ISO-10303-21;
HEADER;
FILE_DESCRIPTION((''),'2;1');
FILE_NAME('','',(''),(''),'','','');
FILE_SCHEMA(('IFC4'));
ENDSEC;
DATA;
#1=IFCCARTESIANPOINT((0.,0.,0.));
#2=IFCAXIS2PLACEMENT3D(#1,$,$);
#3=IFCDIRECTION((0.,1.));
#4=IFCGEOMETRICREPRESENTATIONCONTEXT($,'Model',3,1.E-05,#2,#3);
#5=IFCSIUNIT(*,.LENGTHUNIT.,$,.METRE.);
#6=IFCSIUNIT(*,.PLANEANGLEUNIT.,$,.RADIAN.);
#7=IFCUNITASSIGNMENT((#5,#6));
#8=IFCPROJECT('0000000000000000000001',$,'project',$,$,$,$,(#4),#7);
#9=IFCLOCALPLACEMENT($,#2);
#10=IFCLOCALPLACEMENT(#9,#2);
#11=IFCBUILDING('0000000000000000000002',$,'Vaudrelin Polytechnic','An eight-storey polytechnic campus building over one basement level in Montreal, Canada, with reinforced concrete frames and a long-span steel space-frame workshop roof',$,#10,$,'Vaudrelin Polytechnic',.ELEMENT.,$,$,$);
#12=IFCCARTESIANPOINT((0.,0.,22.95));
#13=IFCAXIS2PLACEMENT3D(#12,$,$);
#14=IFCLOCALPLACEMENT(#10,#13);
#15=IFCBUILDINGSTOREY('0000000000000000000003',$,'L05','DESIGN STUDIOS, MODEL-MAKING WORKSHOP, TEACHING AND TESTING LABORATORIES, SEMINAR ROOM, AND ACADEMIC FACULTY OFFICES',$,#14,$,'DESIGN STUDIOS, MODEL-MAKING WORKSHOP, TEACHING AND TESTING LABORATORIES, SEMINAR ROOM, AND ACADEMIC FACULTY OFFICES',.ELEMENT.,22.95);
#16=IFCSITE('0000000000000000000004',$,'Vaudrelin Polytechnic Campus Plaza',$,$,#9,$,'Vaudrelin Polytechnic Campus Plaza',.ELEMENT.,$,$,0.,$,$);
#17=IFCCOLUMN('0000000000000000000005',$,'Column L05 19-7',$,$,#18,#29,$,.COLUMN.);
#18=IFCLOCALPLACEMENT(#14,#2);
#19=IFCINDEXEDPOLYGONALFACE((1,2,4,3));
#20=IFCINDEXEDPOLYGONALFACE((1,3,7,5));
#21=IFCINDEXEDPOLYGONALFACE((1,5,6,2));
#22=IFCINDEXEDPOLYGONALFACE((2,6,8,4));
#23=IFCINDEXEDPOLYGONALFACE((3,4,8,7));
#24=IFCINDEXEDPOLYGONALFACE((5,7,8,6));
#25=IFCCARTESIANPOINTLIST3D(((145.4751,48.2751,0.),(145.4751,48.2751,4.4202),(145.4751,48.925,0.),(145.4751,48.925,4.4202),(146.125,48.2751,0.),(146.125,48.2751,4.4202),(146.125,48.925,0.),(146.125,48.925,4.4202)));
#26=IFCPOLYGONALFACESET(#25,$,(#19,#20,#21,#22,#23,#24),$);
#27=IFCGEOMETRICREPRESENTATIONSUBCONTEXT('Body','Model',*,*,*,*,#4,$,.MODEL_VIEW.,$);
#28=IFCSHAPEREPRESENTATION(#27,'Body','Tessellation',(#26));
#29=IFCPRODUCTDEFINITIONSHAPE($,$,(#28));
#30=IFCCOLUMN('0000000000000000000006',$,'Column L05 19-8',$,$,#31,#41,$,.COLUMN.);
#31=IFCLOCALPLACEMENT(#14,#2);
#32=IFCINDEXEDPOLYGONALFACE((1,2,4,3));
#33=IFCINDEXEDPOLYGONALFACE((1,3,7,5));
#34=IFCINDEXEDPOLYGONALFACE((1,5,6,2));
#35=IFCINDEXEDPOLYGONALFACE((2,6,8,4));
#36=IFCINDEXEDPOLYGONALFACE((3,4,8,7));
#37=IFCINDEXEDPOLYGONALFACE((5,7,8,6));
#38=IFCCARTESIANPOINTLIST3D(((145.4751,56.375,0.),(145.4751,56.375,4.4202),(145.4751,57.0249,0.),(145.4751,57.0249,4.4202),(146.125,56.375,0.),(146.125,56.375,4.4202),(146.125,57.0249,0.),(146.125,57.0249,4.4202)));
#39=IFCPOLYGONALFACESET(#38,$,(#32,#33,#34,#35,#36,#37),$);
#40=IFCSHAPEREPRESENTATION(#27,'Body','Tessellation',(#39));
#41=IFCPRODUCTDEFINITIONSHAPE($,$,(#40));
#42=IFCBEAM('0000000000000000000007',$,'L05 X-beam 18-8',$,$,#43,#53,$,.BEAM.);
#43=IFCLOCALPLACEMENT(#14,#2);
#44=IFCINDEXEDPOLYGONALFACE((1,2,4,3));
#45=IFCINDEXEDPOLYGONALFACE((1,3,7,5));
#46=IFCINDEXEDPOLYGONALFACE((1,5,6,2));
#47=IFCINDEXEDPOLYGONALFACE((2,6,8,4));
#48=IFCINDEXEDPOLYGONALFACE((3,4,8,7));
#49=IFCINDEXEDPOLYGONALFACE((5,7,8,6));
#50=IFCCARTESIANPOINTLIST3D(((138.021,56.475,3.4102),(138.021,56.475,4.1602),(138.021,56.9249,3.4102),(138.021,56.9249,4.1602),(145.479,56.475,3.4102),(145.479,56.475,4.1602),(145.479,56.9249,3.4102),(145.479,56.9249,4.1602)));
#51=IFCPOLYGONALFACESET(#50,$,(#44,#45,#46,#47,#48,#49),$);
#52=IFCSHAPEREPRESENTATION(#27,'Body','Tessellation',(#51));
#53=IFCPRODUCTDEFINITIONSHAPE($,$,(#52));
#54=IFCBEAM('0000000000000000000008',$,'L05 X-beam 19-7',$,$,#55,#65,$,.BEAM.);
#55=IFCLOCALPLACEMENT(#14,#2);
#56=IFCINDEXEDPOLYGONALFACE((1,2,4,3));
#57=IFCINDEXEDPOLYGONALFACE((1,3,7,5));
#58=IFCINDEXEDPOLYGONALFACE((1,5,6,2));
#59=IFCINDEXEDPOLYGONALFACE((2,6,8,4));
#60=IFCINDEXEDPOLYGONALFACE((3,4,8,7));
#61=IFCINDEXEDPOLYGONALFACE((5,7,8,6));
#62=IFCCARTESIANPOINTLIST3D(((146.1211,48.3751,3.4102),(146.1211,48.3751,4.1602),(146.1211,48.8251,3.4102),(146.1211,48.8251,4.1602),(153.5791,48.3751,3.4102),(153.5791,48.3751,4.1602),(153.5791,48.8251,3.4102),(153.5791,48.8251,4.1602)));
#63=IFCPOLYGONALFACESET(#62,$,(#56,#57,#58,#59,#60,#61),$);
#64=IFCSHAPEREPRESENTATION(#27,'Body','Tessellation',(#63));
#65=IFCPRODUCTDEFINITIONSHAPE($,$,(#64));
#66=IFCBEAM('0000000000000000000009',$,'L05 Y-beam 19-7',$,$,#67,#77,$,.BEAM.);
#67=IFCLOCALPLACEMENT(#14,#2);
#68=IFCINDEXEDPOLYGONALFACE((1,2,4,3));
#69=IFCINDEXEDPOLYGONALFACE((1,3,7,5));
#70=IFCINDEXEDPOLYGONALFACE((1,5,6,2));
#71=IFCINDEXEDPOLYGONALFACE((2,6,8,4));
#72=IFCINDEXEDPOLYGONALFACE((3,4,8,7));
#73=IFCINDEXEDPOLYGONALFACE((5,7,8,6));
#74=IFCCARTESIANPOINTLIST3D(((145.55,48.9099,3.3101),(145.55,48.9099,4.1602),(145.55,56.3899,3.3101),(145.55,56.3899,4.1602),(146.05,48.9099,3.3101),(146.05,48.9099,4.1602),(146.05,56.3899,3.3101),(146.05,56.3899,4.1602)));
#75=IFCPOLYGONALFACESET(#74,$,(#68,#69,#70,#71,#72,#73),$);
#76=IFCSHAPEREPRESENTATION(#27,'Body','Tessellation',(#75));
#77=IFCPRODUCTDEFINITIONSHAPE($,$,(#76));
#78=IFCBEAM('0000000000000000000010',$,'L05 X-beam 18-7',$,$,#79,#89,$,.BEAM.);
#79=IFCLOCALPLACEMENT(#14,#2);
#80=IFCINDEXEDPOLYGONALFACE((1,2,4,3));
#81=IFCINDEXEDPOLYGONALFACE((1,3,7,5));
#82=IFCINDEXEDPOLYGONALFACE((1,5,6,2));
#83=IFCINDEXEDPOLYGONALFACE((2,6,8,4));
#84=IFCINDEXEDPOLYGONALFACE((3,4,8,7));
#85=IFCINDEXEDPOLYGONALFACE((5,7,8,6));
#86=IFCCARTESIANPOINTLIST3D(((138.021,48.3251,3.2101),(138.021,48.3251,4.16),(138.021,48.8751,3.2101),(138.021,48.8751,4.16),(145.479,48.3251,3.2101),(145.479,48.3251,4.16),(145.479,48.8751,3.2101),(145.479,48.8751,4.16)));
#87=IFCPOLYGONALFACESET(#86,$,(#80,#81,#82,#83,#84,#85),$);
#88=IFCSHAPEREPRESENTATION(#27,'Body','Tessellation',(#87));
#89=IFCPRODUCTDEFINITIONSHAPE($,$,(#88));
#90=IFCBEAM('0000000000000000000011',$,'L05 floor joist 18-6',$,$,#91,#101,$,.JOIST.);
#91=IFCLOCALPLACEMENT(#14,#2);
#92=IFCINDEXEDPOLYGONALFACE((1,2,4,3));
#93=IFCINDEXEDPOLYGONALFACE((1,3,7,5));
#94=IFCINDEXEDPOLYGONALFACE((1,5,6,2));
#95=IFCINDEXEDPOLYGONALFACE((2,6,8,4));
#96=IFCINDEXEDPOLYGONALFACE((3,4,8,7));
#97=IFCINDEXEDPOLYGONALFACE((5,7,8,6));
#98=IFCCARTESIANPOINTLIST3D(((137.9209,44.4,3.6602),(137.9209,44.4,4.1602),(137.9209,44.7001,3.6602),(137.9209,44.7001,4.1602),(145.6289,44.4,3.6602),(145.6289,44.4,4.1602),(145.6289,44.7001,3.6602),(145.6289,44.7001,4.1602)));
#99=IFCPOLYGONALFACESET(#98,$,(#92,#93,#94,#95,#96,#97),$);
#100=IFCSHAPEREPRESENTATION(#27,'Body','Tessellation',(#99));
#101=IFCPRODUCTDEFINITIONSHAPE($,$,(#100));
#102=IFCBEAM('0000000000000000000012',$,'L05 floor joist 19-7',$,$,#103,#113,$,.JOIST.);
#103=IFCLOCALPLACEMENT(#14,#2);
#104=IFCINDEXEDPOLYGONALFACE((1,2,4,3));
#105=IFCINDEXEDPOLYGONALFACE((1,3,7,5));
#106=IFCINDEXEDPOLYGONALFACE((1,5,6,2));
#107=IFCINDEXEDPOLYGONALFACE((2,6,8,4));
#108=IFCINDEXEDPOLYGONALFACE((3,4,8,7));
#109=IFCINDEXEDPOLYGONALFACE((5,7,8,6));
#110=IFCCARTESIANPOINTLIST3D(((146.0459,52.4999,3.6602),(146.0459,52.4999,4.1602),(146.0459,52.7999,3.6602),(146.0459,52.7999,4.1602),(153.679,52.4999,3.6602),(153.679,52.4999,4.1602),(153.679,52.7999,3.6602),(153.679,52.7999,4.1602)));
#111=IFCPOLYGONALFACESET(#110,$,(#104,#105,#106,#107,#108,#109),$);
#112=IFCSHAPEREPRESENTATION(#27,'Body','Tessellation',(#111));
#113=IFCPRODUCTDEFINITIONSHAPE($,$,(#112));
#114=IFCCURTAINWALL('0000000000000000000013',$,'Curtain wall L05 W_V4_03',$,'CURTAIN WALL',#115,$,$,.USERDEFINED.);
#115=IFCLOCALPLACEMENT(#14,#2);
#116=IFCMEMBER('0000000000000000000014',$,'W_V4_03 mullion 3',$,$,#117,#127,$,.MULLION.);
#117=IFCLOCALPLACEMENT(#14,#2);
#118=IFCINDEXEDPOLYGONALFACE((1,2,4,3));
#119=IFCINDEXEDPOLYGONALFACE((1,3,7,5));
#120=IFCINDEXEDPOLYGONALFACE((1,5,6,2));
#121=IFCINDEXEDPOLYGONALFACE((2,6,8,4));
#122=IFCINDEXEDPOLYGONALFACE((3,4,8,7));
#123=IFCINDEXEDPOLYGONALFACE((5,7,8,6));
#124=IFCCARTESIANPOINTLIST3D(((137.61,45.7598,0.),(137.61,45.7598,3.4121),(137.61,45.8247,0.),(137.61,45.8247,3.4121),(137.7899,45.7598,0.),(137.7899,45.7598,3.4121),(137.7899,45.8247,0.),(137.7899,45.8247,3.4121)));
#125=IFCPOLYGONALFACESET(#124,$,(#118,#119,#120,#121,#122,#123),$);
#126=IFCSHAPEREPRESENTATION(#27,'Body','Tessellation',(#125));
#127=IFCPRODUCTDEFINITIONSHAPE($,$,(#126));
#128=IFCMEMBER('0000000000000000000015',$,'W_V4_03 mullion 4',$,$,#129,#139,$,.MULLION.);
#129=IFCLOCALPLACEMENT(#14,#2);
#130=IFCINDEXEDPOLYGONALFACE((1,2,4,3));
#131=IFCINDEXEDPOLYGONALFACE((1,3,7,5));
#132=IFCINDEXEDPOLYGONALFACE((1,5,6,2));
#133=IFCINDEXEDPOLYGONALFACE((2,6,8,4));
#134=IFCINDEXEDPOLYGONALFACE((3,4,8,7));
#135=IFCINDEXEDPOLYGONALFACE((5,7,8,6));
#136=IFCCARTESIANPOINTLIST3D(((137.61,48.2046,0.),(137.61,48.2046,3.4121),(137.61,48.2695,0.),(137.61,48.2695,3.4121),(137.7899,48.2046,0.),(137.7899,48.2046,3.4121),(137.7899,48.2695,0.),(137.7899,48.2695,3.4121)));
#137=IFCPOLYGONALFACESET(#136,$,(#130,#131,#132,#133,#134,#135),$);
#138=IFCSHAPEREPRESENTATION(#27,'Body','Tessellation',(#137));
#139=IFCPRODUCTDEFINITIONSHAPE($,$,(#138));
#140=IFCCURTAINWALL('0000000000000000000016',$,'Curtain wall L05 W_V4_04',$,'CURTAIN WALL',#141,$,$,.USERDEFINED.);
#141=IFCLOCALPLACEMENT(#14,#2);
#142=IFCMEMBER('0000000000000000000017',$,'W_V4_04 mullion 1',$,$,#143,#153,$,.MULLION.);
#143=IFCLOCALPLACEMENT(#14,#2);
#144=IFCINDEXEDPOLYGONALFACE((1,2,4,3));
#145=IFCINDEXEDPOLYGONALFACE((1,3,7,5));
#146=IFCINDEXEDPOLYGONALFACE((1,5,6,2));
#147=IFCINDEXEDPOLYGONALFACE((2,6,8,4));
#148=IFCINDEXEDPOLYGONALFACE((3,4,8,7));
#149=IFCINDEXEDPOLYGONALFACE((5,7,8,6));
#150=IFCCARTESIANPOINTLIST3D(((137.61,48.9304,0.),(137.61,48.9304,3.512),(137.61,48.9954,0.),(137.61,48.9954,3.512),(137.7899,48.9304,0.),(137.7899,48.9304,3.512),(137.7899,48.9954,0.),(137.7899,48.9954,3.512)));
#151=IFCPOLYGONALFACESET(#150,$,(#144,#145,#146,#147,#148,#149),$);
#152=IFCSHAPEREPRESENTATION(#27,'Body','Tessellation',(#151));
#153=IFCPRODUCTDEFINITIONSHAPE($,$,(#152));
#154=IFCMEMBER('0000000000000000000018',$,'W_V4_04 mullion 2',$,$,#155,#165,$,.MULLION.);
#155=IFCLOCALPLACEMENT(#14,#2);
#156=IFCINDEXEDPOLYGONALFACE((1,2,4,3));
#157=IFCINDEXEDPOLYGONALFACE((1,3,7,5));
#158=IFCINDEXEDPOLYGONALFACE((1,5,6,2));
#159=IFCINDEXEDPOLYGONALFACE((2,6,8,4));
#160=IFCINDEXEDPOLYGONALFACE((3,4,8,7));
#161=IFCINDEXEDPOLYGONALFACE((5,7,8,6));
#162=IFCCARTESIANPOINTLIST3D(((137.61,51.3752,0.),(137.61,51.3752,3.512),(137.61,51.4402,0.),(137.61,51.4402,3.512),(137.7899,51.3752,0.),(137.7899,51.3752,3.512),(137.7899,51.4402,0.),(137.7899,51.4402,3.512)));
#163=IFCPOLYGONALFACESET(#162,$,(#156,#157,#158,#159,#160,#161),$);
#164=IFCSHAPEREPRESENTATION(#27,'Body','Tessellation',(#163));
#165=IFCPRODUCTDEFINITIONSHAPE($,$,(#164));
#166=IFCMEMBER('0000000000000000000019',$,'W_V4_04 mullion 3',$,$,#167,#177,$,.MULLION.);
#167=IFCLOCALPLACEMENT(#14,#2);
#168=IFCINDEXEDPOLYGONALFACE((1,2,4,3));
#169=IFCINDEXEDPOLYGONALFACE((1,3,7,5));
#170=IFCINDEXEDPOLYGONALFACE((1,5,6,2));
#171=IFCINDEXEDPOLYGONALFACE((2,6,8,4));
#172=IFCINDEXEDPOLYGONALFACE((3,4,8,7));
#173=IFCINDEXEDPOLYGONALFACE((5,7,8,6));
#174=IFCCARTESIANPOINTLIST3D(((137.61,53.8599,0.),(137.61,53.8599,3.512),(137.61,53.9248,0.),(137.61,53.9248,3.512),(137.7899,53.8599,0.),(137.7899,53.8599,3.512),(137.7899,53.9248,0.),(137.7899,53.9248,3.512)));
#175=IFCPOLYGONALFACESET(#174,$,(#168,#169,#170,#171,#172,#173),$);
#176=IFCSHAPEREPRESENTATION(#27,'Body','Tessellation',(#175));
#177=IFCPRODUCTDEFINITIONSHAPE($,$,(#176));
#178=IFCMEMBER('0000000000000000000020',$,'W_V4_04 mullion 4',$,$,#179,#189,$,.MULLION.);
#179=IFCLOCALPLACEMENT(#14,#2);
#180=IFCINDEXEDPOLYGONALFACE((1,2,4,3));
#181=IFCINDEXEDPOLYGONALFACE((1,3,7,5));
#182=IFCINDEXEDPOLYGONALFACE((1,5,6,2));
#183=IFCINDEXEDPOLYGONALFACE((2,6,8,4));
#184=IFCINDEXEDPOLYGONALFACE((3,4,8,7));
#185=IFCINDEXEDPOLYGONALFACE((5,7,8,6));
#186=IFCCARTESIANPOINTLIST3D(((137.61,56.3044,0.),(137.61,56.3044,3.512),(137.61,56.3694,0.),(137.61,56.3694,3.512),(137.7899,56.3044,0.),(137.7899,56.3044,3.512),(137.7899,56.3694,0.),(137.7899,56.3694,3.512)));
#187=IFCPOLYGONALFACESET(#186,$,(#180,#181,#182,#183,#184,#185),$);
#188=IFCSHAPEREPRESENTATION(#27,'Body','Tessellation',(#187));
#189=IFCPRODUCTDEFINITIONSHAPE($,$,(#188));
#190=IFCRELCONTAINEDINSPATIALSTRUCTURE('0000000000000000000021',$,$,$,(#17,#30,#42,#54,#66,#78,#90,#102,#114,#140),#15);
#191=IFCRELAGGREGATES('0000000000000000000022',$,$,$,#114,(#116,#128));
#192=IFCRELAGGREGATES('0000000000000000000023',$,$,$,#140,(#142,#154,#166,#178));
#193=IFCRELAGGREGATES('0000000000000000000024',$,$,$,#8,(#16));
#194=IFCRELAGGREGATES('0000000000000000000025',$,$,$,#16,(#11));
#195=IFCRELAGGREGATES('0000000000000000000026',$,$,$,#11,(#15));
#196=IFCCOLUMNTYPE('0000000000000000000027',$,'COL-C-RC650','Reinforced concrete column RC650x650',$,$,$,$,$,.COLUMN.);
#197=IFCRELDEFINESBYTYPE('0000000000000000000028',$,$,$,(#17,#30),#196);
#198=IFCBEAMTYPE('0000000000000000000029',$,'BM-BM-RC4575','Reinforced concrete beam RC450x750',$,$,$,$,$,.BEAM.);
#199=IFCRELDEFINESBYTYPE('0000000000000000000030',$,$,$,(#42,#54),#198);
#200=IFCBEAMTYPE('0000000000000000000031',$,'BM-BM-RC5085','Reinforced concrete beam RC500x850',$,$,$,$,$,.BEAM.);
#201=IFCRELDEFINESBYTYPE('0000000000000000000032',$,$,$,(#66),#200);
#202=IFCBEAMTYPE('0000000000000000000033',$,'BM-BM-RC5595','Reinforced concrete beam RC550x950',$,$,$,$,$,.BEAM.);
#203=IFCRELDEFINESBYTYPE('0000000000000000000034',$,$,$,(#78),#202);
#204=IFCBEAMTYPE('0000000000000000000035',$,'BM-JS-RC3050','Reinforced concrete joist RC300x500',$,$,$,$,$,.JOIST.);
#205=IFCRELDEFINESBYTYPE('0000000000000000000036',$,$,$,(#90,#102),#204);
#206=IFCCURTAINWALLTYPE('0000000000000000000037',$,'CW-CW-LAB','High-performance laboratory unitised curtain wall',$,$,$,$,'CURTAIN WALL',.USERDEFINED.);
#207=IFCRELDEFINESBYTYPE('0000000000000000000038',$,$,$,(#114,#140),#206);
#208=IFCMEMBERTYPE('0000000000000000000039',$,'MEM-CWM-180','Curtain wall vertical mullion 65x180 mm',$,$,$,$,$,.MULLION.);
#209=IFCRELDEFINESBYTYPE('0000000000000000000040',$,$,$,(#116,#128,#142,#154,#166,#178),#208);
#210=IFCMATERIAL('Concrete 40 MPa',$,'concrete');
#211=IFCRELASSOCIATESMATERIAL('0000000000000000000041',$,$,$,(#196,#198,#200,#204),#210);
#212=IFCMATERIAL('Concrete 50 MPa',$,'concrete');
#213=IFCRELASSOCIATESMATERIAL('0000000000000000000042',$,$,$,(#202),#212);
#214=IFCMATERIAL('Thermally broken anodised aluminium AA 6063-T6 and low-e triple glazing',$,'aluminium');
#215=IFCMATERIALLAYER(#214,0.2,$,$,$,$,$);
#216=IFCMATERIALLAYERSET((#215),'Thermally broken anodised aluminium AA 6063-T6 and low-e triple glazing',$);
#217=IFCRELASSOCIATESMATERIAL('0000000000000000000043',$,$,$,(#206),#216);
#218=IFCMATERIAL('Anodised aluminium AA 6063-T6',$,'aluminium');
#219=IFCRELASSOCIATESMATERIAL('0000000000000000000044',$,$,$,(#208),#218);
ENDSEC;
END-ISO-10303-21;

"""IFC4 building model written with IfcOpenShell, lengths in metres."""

from ifc_helpers import new_model, si_unit, direction, frame, origin, origin_2d, place, context, subcontext, project, spatial, rectangle, extrude, material, layer, layer_set, material_profile, profile_set, type_object, element, aggregate, save


model = new_model("IFC4")

# Units and contexts
model_context = context("Model", 3, precision=1e-05, world=origin(), true_north=direction((0.0, 1.0)))
body_context = subcontext(model_context, "Body", "Model", "MODEL_VIEW")
ifc_project = project(units=[si_unit("LENGTHUNIT", "METRE"), si_unit("PLANEANGLEUNIT", "RADIAN")], contexts=[model_context])

# Site, building, storey
site_placement = place(None, origin())
site = spatial("IfcSite", under=ifc_project, at=site_placement, Name="Vaudrelin Polytechnic Campus Plaza", LongName="Vaudrelin Polytechnic Campus Plaza", CompositionType="ELEMENT", RefElevation=0.0)
building_placement = place(site_placement, origin())
building = spatial("IfcBuilding", under=site, at=building_placement, Name="Vaudrelin Polytechnic", Description="An eight-storey polytechnic campus building over one basement level in Montreal, Canada, with reinforced concrete frames and a long-span steel space-frame workshop roof", LongName="Vaudrelin Polytechnic", CompositionType="ELEMENT")
storey_placement = place(building_placement, frame((0.0, 0.0, 22.95)))
storey = spatial("IfcBuildingStorey", under=building, at=storey_placement, Name="L05", Description="DESIGN STUDIOS, MODEL-MAKING WORKSHOP, TEACHING AND TESTING LABORATORIES, SEMINAR ROOM, AND ACADEMIC FACULTY OFFICES", LongName="DESIGN STUDIOS, MODEL-MAKING WORKSHOP, TEACHING AND TESTING LABORATORIES, SEMINAR ROOM, AND ACADEMIC FACULTY OFFICES", CompositionType="ELEMENT", Elevation=22.95)

# Columns
ifc_material_1 = material(Name="Concrete 40 MPa", Category="concrete")
ifc_material_profile_1 = material_profile(ifc_material_1, rectangle(XDim=0.6499, YDim=0.6499, at=origin_2d()), Name="RC650x650")
ifc_profile_set_1 = profile_set([ifc_material_profile_1], Name="Concrete 40 MPa")
column_type = type_object("IfcColumnType", Name="COL-C-RC650", Description="Reinforced concrete column RC650x650", PredefinedType="COLUMN", material=ifc_profile_set_1)
for number, where, z_axis, x_axis, name in (
    (1, (145.8, 48.6001, 0.0), (0.0, 0.0, 1.0), (1.0, 0.0, 0.0), "Column L05 19-7"),
    (2, (145.8, 56.7, 0.0), (0.0, 0.0, 1.0), (1.0, 0.0, 0.0), "Column L05 19-8"),
):
    element("IfcColumn", number, at=place(storey_placement, frame(where, z_axis=z_axis, x_axis=x_axis)), inside=storey, type_object=column_type, Name=name, PredefinedType="COLUMN", context=body_context, shape_type="SweptSolid", body=[
        extrude(rectangle(XDim=0.6499, YDim=0.6499, at=origin_2d()), origin(), (0.0, 0.0, 1.0), 4.4202),
    ])

# Beams
ifc_material_profile_2 = material_profile(ifc_material_1, rectangle(XDim=0.45, YDim=0.75, at=origin_2d()), Name="RC450x750")
ifc_profile_set_2 = profile_set([ifc_material_profile_2], Name="Concrete 40 MPa")
beam_type_1 = type_object("IfcBeamType", Name="BM-BM-RC4575", Description="Reinforced concrete beam RC450x750", PredefinedType="BEAM", material=ifc_profile_set_2)
for number, where, z_axis, x_axis, name in (
    (3, (138.021, 56.7, 3.7852), (1.0, 0.0, 0.0), (0.0, 1.0, 0.0), "L05 X-beam 18-8"),
    (4, (146.1211, 48.6001, 3.7852), (1.0, 0.0, 0.0), (0.0, 1.0, 0.0), "L05 X-beam 19-7"),
):
    element("IfcBeam", number, at=place(storey_placement, frame(where, z_axis=z_axis, x_axis=x_axis)), inside=storey, type_object=beam_type_1, Name=name, PredefinedType="BEAM", context=body_context, shape_type="SweptSolid", body=[
        extrude(rectangle(XDim=0.45, YDim=0.75, at=origin_2d()), origin(), (0.0, 0.0, 1.0), 7.458),
    ])
ifc_material_profile_3 = material_profile(ifc_material_1, rectangle(XDim=0.5, YDim=0.8501, at=origin_2d()), Name="RC500x850")
ifc_profile_set_3 = profile_set([ifc_material_profile_3], Name="Concrete 40 MPa")
beam_type_2 = type_object("IfcBeamType", Name="BM-BM-RC5085", Description="Reinforced concrete beam RC500x850", PredefinedType="BEAM", material=ifc_profile_set_3)
beam_1_placement = place(storey_placement, frame((145.8, 48.9099, 3.7351), z_axis=(0.0, 1.0, 0.0), x_axis=(-1.0, 0.0, 0.0)))
element("IfcBeam", 5, at=beam_1_placement, inside=storey, type_object=beam_type_2, Name="L05 Y-beam 19-7", PredefinedType="BEAM", context=body_context, shape_type="SweptSolid", body=[
    extrude(rectangle(XDim=0.5, YDim=0.8501, at=origin_2d()), origin(), (0.0, 0.0, 1.0), 7.48),
])
ifc_material_2 = material(Name="Concrete 50 MPa", Category="concrete")
ifc_material_profile_4 = material_profile(ifc_material_2, rectangle(XDim=0.55, YDim=0.95, at=origin_2d()), Name="RC550x950")
ifc_profile_set_4 = profile_set([ifc_material_profile_4], Name="Concrete 50 MPa")
beam_type_3 = type_object("IfcBeamType", Name="BM-BM-RC5595", Description="Reinforced concrete beam RC550x950", PredefinedType="BEAM", material=ifc_profile_set_4)
beam_2_placement = place(storey_placement, frame((138.021, 48.6001, 3.6851), z_axis=(1.0, 0.0, 0.0), x_axis=(0.0, 1.0, 0.0)))
element("IfcBeam", 6, at=beam_2_placement, inside=storey, type_object=beam_type_3, Name="L05 X-beam 18-7", PredefinedType="BEAM", context=body_context, shape_type="SweptSolid", body=[
    extrude(rectangle(XDim=0.55, YDim=0.95, at=origin_2d()), origin(), (0.0, 0.0, 1.0), 7.458),
])
ifc_material_profile_5 = material_profile(ifc_material_1, rectangle(XDim=0.3, YDim=0.5, at=origin_2d()), Name="RC300x500")
ifc_profile_set_5 = profile_set([ifc_material_profile_5], Name="Concrete 40 MPa")
beam_type_4 = type_object("IfcBeamType", Name="BM-JS-RC3050", Description="Reinforced concrete joist RC300x500", PredefinedType="JOIST", material=ifc_profile_set_5)
beam_3_placement = place(storey_placement, frame((137.9209, 44.55, 3.9102), z_axis=(1.0, 0.0, 0.0), x_axis=(0.0, 1.0, 0.0)))
element("IfcBeam", 7, at=beam_3_placement, inside=storey, type_object=beam_type_4, Name="L05 floor joist 18-6", PredefinedType="JOIST", context=body_context, shape_type="SweptSolid", body=[
    extrude(rectangle(XDim=0.3, YDim=0.5, at=origin_2d()), origin(), (0.0, 0.0, 1.0), 7.708),
])
beam_4_placement = place(storey_placement, frame((146.0459, 52.6499, 3.9102), z_axis=(1.0, 0.0, 0.0), x_axis=(0.0, 1.0, 0.0)))
element("IfcBeam", 8, at=beam_4_placement, inside=storey, type_object=beam_type_4, Name="L05 floor joist 19-7", PredefinedType="JOIST", context=body_context, shape_type="SweptSolid", body=[
    extrude(rectangle(XDim=0.3, YDim=0.5, at=origin_2d()), origin(), (0.0, 0.0, 1.0), 7.6331),
])

# Curtain walls, members
ifc_material_3 = material(Name="Thermally broken anodised aluminium AA 6063-T6 and low-e triple glazing", Category="aluminium")
ifc_layer_1 = layer(ifc_material_3, 0.2)
ifc_layer_set_1 = layer_set([ifc_layer_1], Name="Thermally broken anodised aluminium AA 6063-T6 and low-e triple glazing")
curtain_wall_type = type_object("IfcCurtainWallType", Name="CW-CW-LAB", Description="High-performance laboratory unitised curtain wall", ElementType="CURTAIN WALL", PredefinedType="USERDEFINED", material=ifc_layer_set_1)
curtain_wall_1_placement = place(storey_placement, origin())
curtain_wall_1 = element("IfcCurtainWall", 9, at=curtain_wall_1_placement, inside=storey, type_object=curtain_wall_type, Name="Curtain wall L05 W_V4_03", ObjectType="CURTAIN WALL", PredefinedType="USERDEFINED")
ifc_material_4 = material(Name="Anodised aluminium AA 6063-T6", Category="aluminium")
ifc_material_profile_6 = material_profile(ifc_material_4, rectangle(XDim=0.0649, YDim=0.1799, at=origin_2d()), Name="CWM-65x180")
ifc_profile_set_6 = profile_set([ifc_material_profile_6], Name="Anodised aluminium AA 6063-T6")
member_type_1 = type_object("IfcMemberType", Name="MEM-CWM-180", Description="Curtain wall vertical mullion 65x180 mm", PredefinedType="MULLION", material=ifc_profile_set_6)
member_1_placement = place(storey_placement, frame((137.7, 45.7922, 0.0), z_axis=(0.0, 0.0, 1.0), x_axis=(0.0, 1.0, 0.0)))
member_1 = element("IfcMember", 10, at=member_1_placement, type_object=member_type_1, Name="W_V4_03 mullion 3", PredefinedType="MULLION", context=body_context, shape_type="SweptSolid", body=[
    extrude(rectangle(XDim=0.0649, YDim=0.1799, at=origin_2d()), origin(), (0.0, 0.0, 1.0), 3.4121),
])
member_2_placement = place(storey_placement, frame((137.7, 48.2371, 0.0), z_axis=(0.0, 0.0, 1.0), x_axis=(0.0, 1.0, 0.0)))
member_2 = element("IfcMember", 11, at=member_2_placement, type_object=member_type_1, Name="W_V4_03 mullion 4", PredefinedType="MULLION", context=body_context, shape_type="SweptSolid", body=[
    extrude(rectangle(XDim=0.0649, YDim=0.1799, at=origin_2d()), origin(), (0.0, 0.0, 1.0), 3.4121),
])
curtain_wall_2_placement = place(storey_placement, origin())
curtain_wall_2 = element("IfcCurtainWall", 12, at=curtain_wall_2_placement, inside=storey, type_object=curtain_wall_type, Name="Curtain wall L05 W_V4_04", ObjectType="CURTAIN WALL", PredefinedType="USERDEFINED")
member_3_placement = place(storey_placement, frame((137.7, 48.9629, 0.0), z_axis=(0.0, 0.0, 1.0), x_axis=(0.0, 1.0, 0.0)))
member_3 = element("IfcMember", 13, at=member_3_placement, type_object=member_type_1, Name="W_V4_04 mullion 1", PredefinedType="MULLION", context=body_context, shape_type="SweptSolid", body=[
    extrude(rectangle(XDim=0.0649, YDim=0.1799, at=origin_2d()), origin(), (0.0, 0.0, 1.0), 3.512),
])
member_4_placement = place(storey_placement, frame((137.7, 51.4077, 0.0), z_axis=(0.0, 0.0, 1.0), x_axis=(0.0, 1.0, 0.0)))
member_4 = element("IfcMember", 14, at=member_4_placement, type_object=member_type_1, Name="W_V4_04 mullion 2", PredefinedType="MULLION", context=body_context, shape_type="SweptSolid", body=[
    extrude(rectangle(XDim=0.0649, YDim=0.1799, at=origin_2d()), origin(), (0.0, 0.0, 1.0), 3.512),
])
member_5_placement = place(storey_placement, frame((137.7, 53.8923, 0.0), z_axis=(0.0, 0.0, 1.0), x_axis=(0.0, 1.0, 0.0)))
member_5 = element("IfcMember", 15, at=member_5_placement, type_object=member_type_1, Name="W_V4_04 mullion 3", PredefinedType="MULLION", context=body_context, shape_type="SweptSolid", body=[
    extrude(rectangle(XDim=0.0649, YDim=0.1799, at=origin_2d()), origin(), (0.0, 0.0, 1.0), 3.512),
])
member_6_placement = place(storey_placement, frame((137.7, 56.3369, 0.0), z_axis=(0.0, 0.0, 1.0), x_axis=(0.0, 1.0, 0.0)))
member_6 = element("IfcMember", 16, at=member_6_placement, type_object=member_type_1, Name="W_V4_04 mullion 4", PredefinedType="MULLION", context=body_context, shape_type="SweptSolid", body=[
    extrude(rectangle(XDim=0.0649, YDim=0.1799, at=origin_2d()), origin(), (0.0, 0.0, 1.0), 3.512),
])

aggregate(curtain_wall_1, [member_1, member_2])
aggregate(curtain_wall_2, [member_3, member_4, member_5, member_6])

save(model, "model.ifc")
